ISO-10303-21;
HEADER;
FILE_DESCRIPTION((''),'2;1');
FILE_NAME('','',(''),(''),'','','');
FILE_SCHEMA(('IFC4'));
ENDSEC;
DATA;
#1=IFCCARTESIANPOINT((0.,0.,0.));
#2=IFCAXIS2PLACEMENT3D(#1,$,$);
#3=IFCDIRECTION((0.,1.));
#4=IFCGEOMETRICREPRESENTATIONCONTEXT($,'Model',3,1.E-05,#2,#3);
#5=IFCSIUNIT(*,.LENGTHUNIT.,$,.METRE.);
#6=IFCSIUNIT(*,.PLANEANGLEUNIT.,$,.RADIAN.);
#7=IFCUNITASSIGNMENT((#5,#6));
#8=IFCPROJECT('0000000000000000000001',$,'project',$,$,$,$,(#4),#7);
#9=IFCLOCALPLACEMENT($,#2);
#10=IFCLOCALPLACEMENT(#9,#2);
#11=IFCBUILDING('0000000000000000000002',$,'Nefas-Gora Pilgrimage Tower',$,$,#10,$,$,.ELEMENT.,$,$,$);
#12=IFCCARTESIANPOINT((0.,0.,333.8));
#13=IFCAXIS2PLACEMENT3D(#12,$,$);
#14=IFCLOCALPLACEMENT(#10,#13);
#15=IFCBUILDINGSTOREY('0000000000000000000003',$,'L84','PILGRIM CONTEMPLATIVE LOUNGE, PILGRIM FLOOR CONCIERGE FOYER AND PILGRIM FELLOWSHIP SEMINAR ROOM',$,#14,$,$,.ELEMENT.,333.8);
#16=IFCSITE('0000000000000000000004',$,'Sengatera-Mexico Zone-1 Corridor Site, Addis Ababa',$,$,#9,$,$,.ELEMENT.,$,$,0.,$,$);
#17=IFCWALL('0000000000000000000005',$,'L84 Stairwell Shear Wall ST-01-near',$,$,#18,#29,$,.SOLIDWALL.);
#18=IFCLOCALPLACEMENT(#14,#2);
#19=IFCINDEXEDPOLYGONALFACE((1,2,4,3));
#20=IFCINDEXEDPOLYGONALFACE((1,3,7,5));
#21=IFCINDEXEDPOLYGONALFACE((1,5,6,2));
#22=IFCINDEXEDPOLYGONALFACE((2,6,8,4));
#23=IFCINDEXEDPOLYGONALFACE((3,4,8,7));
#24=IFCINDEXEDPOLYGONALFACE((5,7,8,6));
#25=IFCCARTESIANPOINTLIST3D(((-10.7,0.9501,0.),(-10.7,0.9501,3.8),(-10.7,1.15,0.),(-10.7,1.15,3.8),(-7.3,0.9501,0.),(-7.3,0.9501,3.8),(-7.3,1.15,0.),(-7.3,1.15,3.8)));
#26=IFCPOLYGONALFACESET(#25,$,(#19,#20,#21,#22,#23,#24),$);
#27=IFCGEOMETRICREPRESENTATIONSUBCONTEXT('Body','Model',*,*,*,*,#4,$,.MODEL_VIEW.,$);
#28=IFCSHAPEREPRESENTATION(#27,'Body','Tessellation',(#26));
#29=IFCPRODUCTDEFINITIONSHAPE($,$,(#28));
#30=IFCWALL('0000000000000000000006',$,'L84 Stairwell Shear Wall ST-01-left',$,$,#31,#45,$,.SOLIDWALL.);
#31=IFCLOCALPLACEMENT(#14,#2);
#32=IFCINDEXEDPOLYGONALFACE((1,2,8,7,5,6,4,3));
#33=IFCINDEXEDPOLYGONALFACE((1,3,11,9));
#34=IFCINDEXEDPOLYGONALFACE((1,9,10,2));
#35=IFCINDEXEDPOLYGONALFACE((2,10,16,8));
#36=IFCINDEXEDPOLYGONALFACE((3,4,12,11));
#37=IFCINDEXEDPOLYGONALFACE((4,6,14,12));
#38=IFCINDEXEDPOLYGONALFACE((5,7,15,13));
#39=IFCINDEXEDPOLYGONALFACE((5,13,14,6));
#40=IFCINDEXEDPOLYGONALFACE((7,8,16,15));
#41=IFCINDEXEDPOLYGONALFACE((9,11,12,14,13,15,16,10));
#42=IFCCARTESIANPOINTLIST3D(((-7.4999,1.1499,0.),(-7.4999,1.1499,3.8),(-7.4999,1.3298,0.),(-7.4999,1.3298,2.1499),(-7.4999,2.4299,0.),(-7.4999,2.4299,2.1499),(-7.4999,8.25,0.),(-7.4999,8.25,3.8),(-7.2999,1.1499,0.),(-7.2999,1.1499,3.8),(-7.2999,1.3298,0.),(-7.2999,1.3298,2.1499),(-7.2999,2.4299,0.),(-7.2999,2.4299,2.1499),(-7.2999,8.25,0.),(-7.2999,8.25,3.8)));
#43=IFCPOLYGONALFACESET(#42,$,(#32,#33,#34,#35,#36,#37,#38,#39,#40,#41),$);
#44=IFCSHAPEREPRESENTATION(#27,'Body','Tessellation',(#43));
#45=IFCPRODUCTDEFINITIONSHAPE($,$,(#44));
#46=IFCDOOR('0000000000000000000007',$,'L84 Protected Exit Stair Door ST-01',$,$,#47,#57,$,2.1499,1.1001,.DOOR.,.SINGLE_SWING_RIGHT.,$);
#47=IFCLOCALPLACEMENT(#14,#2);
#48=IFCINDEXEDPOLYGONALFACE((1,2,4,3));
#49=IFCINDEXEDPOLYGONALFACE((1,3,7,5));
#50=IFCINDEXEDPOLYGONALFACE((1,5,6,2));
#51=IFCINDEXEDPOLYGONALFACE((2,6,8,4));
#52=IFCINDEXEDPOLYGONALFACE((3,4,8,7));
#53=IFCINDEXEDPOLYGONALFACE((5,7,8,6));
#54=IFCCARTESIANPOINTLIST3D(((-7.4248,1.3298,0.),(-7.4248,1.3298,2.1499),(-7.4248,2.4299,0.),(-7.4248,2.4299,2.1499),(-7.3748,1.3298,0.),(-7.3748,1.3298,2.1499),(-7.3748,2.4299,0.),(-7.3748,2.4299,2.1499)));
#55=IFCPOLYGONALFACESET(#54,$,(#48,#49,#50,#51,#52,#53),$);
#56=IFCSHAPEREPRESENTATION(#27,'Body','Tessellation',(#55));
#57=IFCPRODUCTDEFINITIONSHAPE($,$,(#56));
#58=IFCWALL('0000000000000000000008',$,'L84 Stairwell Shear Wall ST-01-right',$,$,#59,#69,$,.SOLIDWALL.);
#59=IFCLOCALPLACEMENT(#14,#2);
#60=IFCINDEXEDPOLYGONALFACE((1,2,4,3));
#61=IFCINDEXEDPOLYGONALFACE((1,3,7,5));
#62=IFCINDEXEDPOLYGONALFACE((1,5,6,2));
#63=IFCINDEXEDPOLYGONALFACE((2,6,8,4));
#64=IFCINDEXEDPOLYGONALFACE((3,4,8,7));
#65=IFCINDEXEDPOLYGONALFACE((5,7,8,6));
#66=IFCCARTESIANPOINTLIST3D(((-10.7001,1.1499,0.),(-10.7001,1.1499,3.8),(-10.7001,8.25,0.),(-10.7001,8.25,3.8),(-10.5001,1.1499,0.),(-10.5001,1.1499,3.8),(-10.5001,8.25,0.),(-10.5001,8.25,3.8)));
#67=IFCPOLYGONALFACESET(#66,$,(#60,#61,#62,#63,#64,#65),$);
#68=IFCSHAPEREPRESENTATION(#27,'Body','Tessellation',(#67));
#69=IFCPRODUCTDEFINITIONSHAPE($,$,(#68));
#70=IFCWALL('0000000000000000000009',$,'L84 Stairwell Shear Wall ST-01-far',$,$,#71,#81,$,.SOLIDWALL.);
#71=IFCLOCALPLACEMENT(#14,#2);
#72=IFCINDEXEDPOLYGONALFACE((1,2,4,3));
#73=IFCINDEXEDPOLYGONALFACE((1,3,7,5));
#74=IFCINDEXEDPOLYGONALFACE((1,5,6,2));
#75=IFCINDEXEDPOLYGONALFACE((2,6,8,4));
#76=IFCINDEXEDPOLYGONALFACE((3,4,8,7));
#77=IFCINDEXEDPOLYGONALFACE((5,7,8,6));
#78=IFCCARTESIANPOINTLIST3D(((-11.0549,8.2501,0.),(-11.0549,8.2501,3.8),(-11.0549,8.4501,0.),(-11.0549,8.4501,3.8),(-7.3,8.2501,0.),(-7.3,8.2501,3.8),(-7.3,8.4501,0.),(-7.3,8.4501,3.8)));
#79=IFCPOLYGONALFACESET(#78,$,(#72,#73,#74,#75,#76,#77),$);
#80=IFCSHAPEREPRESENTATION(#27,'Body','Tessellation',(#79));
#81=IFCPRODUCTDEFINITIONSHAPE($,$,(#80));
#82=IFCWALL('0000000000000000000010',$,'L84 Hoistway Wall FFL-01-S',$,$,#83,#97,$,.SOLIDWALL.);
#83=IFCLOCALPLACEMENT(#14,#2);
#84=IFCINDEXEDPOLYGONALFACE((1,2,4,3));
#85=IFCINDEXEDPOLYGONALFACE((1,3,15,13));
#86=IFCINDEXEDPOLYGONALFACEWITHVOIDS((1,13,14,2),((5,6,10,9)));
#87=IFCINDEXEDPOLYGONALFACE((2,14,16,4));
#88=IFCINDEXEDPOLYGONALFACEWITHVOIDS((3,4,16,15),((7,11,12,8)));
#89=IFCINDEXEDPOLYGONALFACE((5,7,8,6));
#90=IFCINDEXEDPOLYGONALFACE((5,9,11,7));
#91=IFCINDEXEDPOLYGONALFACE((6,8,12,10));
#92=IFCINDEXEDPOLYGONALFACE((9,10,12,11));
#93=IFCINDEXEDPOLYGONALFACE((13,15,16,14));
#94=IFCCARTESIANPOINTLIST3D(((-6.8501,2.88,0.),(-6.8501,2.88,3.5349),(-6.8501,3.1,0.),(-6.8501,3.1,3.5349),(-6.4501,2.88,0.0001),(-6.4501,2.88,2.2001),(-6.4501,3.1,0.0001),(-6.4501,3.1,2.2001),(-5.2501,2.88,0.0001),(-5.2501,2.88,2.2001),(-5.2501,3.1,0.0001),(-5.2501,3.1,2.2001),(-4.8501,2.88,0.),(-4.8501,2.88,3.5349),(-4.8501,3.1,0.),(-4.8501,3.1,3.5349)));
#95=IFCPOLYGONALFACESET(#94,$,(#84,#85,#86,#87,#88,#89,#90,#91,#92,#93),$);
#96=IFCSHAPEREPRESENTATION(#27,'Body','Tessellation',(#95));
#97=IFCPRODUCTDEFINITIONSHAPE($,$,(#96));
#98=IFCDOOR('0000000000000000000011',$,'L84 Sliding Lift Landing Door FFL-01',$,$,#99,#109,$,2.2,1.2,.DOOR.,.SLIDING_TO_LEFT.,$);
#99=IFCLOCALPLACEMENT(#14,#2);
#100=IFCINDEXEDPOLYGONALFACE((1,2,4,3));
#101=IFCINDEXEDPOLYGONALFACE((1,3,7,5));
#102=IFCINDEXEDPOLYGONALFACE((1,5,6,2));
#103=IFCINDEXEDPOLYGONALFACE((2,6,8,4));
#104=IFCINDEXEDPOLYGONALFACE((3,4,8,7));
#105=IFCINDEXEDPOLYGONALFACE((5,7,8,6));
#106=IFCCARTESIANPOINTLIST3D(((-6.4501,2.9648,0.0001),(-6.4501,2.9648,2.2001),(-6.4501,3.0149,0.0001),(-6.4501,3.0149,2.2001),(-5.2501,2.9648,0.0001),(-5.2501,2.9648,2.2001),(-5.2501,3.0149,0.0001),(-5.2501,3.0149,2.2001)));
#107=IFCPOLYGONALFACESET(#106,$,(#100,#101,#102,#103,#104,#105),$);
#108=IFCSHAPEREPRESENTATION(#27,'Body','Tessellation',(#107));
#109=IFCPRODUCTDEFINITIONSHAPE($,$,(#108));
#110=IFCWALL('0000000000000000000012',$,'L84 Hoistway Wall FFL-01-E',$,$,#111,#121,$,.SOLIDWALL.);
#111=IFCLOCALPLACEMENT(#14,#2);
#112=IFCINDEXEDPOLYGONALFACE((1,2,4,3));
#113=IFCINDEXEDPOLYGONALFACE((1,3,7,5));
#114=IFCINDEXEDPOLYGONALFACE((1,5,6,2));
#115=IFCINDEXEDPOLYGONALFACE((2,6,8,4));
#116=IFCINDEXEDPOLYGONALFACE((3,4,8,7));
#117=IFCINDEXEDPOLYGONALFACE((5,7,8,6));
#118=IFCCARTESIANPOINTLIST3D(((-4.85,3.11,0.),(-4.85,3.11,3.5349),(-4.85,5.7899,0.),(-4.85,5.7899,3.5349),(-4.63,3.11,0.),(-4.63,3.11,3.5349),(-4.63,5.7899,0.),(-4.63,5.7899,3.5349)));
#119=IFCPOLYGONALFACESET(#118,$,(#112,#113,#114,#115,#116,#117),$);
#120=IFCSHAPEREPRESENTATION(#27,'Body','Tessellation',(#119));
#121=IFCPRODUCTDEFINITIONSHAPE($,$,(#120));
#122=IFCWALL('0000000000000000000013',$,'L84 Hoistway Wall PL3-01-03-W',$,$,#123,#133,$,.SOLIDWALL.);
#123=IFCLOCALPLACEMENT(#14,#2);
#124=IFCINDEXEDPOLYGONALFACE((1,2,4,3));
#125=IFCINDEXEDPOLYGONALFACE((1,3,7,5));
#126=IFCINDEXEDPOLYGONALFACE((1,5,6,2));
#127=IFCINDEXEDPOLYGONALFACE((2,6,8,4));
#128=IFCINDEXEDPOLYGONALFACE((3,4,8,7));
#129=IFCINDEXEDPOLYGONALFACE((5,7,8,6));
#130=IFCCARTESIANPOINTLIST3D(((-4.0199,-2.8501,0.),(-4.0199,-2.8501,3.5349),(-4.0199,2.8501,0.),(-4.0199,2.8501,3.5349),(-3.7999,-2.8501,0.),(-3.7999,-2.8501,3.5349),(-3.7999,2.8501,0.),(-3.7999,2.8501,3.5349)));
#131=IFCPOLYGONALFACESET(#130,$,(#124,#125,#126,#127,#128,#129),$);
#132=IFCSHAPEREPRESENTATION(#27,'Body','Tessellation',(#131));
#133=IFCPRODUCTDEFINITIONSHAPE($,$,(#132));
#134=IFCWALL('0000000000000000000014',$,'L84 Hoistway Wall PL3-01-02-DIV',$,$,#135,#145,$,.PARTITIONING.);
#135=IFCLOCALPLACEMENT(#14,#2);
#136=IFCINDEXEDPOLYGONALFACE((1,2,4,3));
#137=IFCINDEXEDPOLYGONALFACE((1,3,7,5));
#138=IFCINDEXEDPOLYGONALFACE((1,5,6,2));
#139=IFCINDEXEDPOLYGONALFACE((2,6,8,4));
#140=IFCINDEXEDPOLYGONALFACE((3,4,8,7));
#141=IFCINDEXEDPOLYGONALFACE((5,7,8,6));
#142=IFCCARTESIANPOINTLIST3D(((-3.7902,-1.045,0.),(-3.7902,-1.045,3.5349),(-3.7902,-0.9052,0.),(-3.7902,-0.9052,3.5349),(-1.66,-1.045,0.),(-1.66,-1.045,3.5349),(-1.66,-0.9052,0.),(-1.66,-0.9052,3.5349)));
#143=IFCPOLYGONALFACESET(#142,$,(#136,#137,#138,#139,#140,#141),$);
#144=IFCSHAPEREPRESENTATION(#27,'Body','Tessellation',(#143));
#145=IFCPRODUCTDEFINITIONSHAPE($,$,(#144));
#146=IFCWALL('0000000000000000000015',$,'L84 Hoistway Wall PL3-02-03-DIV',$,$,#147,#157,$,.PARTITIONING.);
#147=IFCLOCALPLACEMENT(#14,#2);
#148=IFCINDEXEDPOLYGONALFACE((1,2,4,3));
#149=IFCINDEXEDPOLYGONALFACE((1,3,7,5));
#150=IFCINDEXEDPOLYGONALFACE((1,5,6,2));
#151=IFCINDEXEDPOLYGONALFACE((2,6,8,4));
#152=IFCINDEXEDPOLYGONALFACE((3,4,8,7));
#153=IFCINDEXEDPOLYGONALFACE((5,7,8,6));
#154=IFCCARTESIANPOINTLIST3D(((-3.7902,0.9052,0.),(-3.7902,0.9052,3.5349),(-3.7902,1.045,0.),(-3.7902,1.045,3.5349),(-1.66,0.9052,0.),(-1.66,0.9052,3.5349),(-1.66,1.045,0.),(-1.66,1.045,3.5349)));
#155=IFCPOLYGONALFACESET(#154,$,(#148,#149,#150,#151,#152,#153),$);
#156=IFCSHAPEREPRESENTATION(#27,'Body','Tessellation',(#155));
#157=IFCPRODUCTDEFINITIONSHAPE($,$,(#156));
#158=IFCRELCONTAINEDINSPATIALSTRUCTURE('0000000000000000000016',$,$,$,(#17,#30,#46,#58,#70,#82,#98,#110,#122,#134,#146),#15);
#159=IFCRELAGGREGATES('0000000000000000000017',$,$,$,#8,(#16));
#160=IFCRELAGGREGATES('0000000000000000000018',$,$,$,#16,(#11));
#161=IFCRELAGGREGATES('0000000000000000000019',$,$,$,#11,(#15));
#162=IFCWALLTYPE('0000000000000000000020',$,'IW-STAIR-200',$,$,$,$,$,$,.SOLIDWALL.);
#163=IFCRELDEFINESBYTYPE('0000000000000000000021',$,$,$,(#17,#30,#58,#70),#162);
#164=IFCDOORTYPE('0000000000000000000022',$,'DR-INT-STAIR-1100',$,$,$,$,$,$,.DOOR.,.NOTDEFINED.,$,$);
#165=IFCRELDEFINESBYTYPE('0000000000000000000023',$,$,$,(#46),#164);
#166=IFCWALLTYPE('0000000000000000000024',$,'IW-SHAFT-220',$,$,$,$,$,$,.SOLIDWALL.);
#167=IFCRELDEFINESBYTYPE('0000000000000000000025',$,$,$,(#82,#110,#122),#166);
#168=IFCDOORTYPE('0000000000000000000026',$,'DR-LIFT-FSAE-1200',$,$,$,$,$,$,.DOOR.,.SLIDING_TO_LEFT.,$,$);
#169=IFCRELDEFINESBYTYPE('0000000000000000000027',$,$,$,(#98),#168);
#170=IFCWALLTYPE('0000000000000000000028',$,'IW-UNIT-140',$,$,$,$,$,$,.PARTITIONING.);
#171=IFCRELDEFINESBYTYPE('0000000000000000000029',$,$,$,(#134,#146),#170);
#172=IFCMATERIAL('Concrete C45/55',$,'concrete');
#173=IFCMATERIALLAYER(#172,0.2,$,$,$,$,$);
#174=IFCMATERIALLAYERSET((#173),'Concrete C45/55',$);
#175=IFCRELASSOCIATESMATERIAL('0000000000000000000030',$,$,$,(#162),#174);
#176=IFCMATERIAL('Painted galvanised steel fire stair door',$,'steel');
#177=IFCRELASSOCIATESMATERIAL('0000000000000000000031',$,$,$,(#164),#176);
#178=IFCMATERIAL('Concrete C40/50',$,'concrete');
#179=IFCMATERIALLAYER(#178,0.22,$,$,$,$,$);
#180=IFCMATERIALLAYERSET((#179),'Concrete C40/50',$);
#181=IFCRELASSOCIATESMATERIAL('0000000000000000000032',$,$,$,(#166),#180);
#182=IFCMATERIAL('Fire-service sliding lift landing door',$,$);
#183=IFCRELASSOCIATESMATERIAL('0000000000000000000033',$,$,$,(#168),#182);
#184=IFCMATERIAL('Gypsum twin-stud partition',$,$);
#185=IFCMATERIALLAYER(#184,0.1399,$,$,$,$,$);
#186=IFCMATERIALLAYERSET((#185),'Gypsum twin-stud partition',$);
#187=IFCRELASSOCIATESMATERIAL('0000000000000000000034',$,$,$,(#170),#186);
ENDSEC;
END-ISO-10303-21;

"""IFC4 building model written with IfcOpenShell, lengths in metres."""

from ifc_helpers import new_model, si_unit, direction, frame, frame_2d, origin, place, context, subcontext, project, spatial, rectangle, extrude, source, transform, mapped, material, layer, layer_set, type_object, element, fill, save


model = new_model("IFC4")

# Units and contexts
model_context = context("Model", 3, precision=1e-05, world=origin(), true_north=direction((0.0, 1.0)))
body_context = subcontext(model_context, "Body", "Model", "MODEL_VIEW")
ifc_project = project(units=[si_unit("LENGTHUNIT", "METRE"), si_unit("PLANEANGLEUNIT", "RADIAN")], contexts=[model_context])

# Site, building, storey
site_placement = place(None, origin())
site = spatial("IfcSite", under=ifc_project, at=site_placement, Name="Sengatera-Mexico Zone-1 Corridor Site, Addis Ababa", CompositionType="ELEMENT", RefElevation=0.0)
building_placement = place(site_placement, origin())
building = spatial("IfcBuilding", under=site, at=building_placement, Name="Nefas-Gora Pilgrimage Tower", CompositionType="ELEMENT")
storey_placement = place(building_placement, frame((0.0, 0.0, 333.8)))
storey = spatial("IfcBuildingStorey", under=building, at=storey_placement, Name="L84", Description="PILGRIM CONTEMPLATIVE LOUNGE, PILGRIM FLOOR CONCIERGE FOYER AND PILGRIM FELLOWSHIP SEMINAR ROOM", CompositionType="ELEMENT", Elevation=333.8)

# Wall
ifc_material_1 = material(Name="Concrete C45/55", Category="concrete")
ifc_layer_1 = layer(ifc_material_1, 0.2)
ifc_layer_set_1 = layer_set([ifc_layer_1], Name="Concrete C45/55")
wall_type_1 = type_object("IfcWallType", Name="IW-STAIR-200", PredefinedType="SOLIDWALL", material=ifc_layer_set_1)
shared_shape_1 = source(origin(), body_context, "Body", "SweptSolid", [
    extrude(rectangle(XDim=3.3999, YDim=0.2, at=frame_2d((1.7, 0.0))), origin(), (0.0, 0.0, 1.0), 3.8),
])
wall_1_placement = place(storey_placement, frame((-7.3, 1.05, 0.0), z_axis=(0.0, 0.0, 1.0), x_axis=(-1.0, 0.0, 0.0)))
element("IfcWall", 1, at=wall_1_placement, inside=storey, type_object=wall_type_1, Name="L84 Stairwell Shear Wall ST-01-near", PredefinedType="SOLIDWALL", context=body_context, shape_type="MappedRepresentation", body=[
    mapped(shared_shape_1, transform((0.0, 0.0, 0.0), x_axis=(1.0, 0.0, 0.0), y_axis=(0.0, 1.0, 0.0), z_axis=(0.0, 0.0, 1.0), scale=1.0)),
])

# Wall, opening, door
shared_shape_2 = source(origin(), body_context, "Body", "SweptSolid", [
    extrude(rectangle(XDim=7.1001, YDim=0.2, at=frame_2d((3.55, 0.0))), origin(), (0.0, 0.0, 1.0), 3.8),
])
wall_2_placement = place(storey_placement, frame((-7.3999, 1.1499, 0.0), z_axis=(0.0, 0.0, 1.0), x_axis=(0.0, 1.0, 0.0)))
wall_2 = element("IfcWall", 2, at=wall_2_placement, inside=storey, type_object=wall_type_1, Name="L84 Stairwell Shear Wall ST-01-left", PredefinedType="SOLIDWALL", context=body_context, shape_type="MappedRepresentation", body=[
    mapped(shared_shape_2, transform((0.0, 0.0, 0.0), x_axis=(1.0, 0.0, 0.0), y_axis=(0.0, 1.0, 0.0), z_axis=(0.0, 0.0, 1.0), scale=1.0)),
])
opening_1_placement = place(wall_2_placement, frame((0.1799, 0.0, 0.0)))
opening_1 = element("IfcOpeningElement", 3, at=opening_1_placement, cuts=wall_2, PredefinedType="OPENING", context=body_context, shape_type="SweptSolid", body=[
    extrude(rectangle(XDim=1.1001, YDim=2.1499, at=frame_2d((0.55, 1.075))), frame((0.0, 0.1099, 0.0), z_axis=(0.0, -1.0, 0.0), x_axis=(1.0, 0.0, 0.0)), (0.0, 0.0, 1.0), 0.22),
])
ifc_material_2 = material(Name="Painted galvanised steel fire stair door", Category="steel")
door_type_1 = type_object("IfcDoorType", Name="DR-INT-STAIR-1100", OperationType="NOTDEFINED", PredefinedType="DOOR", material=ifc_material_2)
shared_shape_3 = source(origin(), body_context, "Body", "SweptSolid", [
    extrude(rectangle(XDim=1.1001, YDim=2.1499, at=frame_2d((0.55, 1.075))), frame((0.0, 0.0249, 0.0), z_axis=(0.0, -1.0, 0.0), x_axis=(1.0, 0.0, 0.0)), (0.0, 0.0, 1.0), 0.05),
])
door_1_placement = place(opening_1_placement, origin())
door_1 = element("IfcDoor", 4, at=door_1_placement, inside=storey, type_object=door_type_1, Name="L84 Protected Exit Stair Door ST-01", OperationType="SINGLE_SWING_RIGHT", OverallHeight=2.1499, OverallWidth=1.1001, PredefinedType="DOOR", context=body_context, shape_type="MappedRepresentation", body=[
    mapped(shared_shape_3, transform((0.0, 0.0, 0.0), x_axis=(1.0, 0.0, 0.0), y_axis=(0.0, 1.0, 0.0), z_axis=(0.0, 0.0, 1.0), scale=1.0)),
])
fill(opening_1, door_1)

# Walls
wall_3_placement = place(storey_placement, frame((-10.6001, 1.1499, 0.0), z_axis=(0.0, 0.0, 1.0), x_axis=(0.0, 1.0, 0.0)))
element("IfcWall", 5, at=wall_3_placement, inside=storey, type_object=wall_type_1, Name="L84 Stairwell Shear Wall ST-01-right", PredefinedType="SOLIDWALL", context=body_context, shape_type="MappedRepresentation", body=[
    mapped(shared_shape_2, transform((0.0, 0.0, 0.0), x_axis=(1.0, 0.0, 0.0), y_axis=(0.0, 1.0, 0.0), z_axis=(0.0, 0.0, 1.0), scale=1.0)),
])
shared_shape_4 = source(origin(), body_context, "Body", "SweptSolid", [
    extrude(rectangle(XDim=3.7549, YDim=0.2, at=frame_2d((1.8774, 0.0))), origin(), (0.0, 0.0, 1.0), 3.8),
])
wall_4_placement = place(storey_placement, frame((-7.3, 8.3501, 0.0), z_axis=(0.0, 0.0, 1.0), x_axis=(-1.0, 0.0, 0.0)))
element("IfcWall", 6, at=wall_4_placement, inside=storey, type_object=wall_type_1, Name="L84 Stairwell Shear Wall ST-01-far", PredefinedType="SOLIDWALL", context=body_context, shape_type="MappedRepresentation", body=[
    mapped(shared_shape_4, transform((0.0, 0.0, 0.0), x_axis=(1.0, 0.0, 0.0), y_axis=(0.0, 1.0, 0.0), z_axis=(0.0, 0.0, 1.0), scale=1.0)),
])

# Wall, opening, door
ifc_material_3 = material(Name="Concrete C40/50", Category="concrete")
ifc_layer_2 = layer(ifc_material_3, 0.22)
ifc_layer_set_2 = layer_set([ifc_layer_2], Name="Concrete C40/50")
wall_type_2 = type_object("IfcWallType", Name="IW-SHAFT-220", PredefinedType="SOLIDWALL", material=ifc_layer_set_2)
shared_shape_5 = source(origin(), body_context, "Body", "SweptSolid", [
    extrude(rectangle(XDim=2.0, YDim=0.22, at=frame_2d((1.0, 0.0))), origin(), (0.0, 0.0, 1.0), 3.5349),
])
wall_5_placement = place(storey_placement, frame((-6.8501, 2.99, 0.0), z_axis=(0.0, 0.0, 1.0), x_axis=(1.0, 0.0, 0.0)))
wall_5 = element("IfcWall", 7, at=wall_5_placement, inside=storey, type_object=wall_type_2, Name="L84 Hoistway Wall FFL-01-S", PredefinedType="SOLIDWALL", context=body_context, shape_type="MappedRepresentation", body=[
    mapped(shared_shape_5, transform((0.0, 0.0, 0.0), x_axis=(1.0, 0.0, 0.0), y_axis=(0.0, 1.0, 0.0), z_axis=(0.0, 0.0, 1.0), scale=1.0)),
])
opening_2_placement = place(wall_5_placement, frame((0.3999, 0.0, 0.0)))
opening_2 = element("IfcOpeningElement", 8, at=opening_2_placement, cuts=wall_5, PredefinedType="OPENING", context=body_context, shape_type="SweptSolid", body=[
    extrude(rectangle(XDim=1.2, YDim=2.2, at=frame_2d((0.6001, 1.1001))), frame((0.0, 0.1199, 0.0), z_axis=(0.0, -1.0, 0.0), x_axis=(1.0, 0.0, 0.0)), (0.0, 0.0, 1.0), 0.24),
])
ifc_material_4 = material(Name="Fire-service sliding lift landing door")
door_type_2 = type_object("IfcDoorType", Name="DR-LIFT-FSAE-1200", OperationType="SLIDING_TO_LEFT", PredefinedType="DOOR", material=ifc_material_4)
shared_shape_6 = source(origin(), body_context, "Body", "SweptSolid", [
    extrude(rectangle(XDim=1.2, YDim=2.2, at=frame_2d((0.6001, 1.1001))), frame((0.0, 0.0249, 0.0), z_axis=(0.0, -1.0, 0.0), x_axis=(1.0, 0.0, 0.0)), (0.0, 0.0, 1.0), 0.05),
])
door_2_placement = place(opening_2_placement, origin())
door_2 = element("IfcDoor", 9, at=door_2_placement, inside=storey, type_object=door_type_2, Name="L84 Sliding Lift Landing Door FFL-01", OperationType="SLIDING_TO_LEFT", OverallHeight=2.2, OverallWidth=1.2, PredefinedType="DOOR", context=body_context, shape_type="MappedRepresentation", body=[
    mapped(shared_shape_6, transform((0.0, 0.0, 0.0), x_axis=(1.0, 0.0, 0.0), y_axis=(0.0, 1.0, 0.0), z_axis=(0.0, 0.0, 1.0), scale=1.0)),
])
fill(opening_2, door_2)

# Walls
shared_shape_7 = source(origin(), body_context, "Body", "SweptSolid", [
    extrude(rectangle(XDim=2.6799, YDim=0.22, at=frame_2d((1.3398, 0.0))), origin(), (0.0, 0.0, 1.0), 3.5349),
])
wall_6_placement = place(storey_placement, frame((-4.74, 3.1101, 0.0), z_axis=(0.0, 0.0, 1.0), x_axis=(0.0, 1.0, 0.0)))
element("IfcWall", 10, at=wall_6_placement, inside=storey, type_object=wall_type_2, Name="L84 Hoistway Wall FFL-01-E", PredefinedType="SOLIDWALL", context=body_context, shape_type="MappedRepresentation", body=[
    mapped(shared_shape_7, transform((0.0, 0.0, 0.0), x_axis=(1.0, 0.0, 0.0), y_axis=(0.0, 1.0, 0.0), z_axis=(0.0, 0.0, 1.0), scale=1.0)),
])
shared_shape_8 = source(origin(), body_context, "Body", "SweptSolid", [
    extrude(rectangle(XDim=5.7002, YDim=0.22, at=frame_2d((2.8501, 0.0))), origin(), (0.0, 0.0, 1.0), 3.5349),
])
wall_7_placement = place(storey_placement, frame((-3.9099, 2.8501, 0.0), z_axis=(0.0, 0.0, 1.0), x_axis=(0.0, -1.0, 0.0)))
element("IfcWall", 11, at=wall_7_placement, inside=storey, type_object=wall_type_2, Name="L84 Hoistway Wall PL3-01-03-W", PredefinedType="SOLIDWALL", context=body_context, shape_type="MappedRepresentation", body=[
    mapped(shared_shape_8, transform((0.0, 0.0, 0.0), x_axis=(1.0, 0.0, 0.0), y_axis=(0.0, 1.0, 0.0), z_axis=(0.0, 0.0, 1.0), scale=1.0)),
])
ifc_material_5 = material(Name="Gypsum twin-stud partition")
ifc_layer_3 = layer(ifc_material_5, 0.1399)
ifc_layer_set_3 = layer_set([ifc_layer_3], Name="Gypsum twin-stud partition")
wall_type_3 = type_object("IfcWallType", Name="IW-UNIT-140", PredefinedType="PARTITIONING", material=ifc_layer_set_3)
shared_shape_9 = source(origin(), body_context, "Body", "SweptSolid", [
    extrude(rectangle(XDim=2.1301, YDim=0.1399, at=frame_2d((1.0649, 0.0))), origin(), (0.0, 0.0, 1.0), 3.5349),
])
for number, where, z_axis, x_axis, name in (
    (12, (-3.79, -0.9751, 0.0), (0.0, 0.0, 1.0), (1.0, 0.0, 0.0), "L84 Hoistway Wall PL3-01-02-DIV"),
    (13, (-3.79, 0.9751, 0.0), (0.0, 0.0, 1.0), (1.0, 0.0, 0.0), "L84 Hoistway Wall PL3-02-03-DIV"),
):
    element("IfcWall", number, at=place(storey_placement, frame(where, z_axis=z_axis, x_axis=x_axis)), inside=storey, type_object=wall_type_3, Name=name, PredefinedType="PARTITIONING", context=body_context, shape_type="MappedRepresentation", body=[
        mapped(shared_shape_9, transform((0.0, 0.0, 0.0), x_axis=(1.0, 0.0, 0.0), y_axis=(0.0, 1.0, 0.0), z_axis=(0.0, 0.0, 1.0), scale=1.0)),
    ])

save(model, "model.ifc")
